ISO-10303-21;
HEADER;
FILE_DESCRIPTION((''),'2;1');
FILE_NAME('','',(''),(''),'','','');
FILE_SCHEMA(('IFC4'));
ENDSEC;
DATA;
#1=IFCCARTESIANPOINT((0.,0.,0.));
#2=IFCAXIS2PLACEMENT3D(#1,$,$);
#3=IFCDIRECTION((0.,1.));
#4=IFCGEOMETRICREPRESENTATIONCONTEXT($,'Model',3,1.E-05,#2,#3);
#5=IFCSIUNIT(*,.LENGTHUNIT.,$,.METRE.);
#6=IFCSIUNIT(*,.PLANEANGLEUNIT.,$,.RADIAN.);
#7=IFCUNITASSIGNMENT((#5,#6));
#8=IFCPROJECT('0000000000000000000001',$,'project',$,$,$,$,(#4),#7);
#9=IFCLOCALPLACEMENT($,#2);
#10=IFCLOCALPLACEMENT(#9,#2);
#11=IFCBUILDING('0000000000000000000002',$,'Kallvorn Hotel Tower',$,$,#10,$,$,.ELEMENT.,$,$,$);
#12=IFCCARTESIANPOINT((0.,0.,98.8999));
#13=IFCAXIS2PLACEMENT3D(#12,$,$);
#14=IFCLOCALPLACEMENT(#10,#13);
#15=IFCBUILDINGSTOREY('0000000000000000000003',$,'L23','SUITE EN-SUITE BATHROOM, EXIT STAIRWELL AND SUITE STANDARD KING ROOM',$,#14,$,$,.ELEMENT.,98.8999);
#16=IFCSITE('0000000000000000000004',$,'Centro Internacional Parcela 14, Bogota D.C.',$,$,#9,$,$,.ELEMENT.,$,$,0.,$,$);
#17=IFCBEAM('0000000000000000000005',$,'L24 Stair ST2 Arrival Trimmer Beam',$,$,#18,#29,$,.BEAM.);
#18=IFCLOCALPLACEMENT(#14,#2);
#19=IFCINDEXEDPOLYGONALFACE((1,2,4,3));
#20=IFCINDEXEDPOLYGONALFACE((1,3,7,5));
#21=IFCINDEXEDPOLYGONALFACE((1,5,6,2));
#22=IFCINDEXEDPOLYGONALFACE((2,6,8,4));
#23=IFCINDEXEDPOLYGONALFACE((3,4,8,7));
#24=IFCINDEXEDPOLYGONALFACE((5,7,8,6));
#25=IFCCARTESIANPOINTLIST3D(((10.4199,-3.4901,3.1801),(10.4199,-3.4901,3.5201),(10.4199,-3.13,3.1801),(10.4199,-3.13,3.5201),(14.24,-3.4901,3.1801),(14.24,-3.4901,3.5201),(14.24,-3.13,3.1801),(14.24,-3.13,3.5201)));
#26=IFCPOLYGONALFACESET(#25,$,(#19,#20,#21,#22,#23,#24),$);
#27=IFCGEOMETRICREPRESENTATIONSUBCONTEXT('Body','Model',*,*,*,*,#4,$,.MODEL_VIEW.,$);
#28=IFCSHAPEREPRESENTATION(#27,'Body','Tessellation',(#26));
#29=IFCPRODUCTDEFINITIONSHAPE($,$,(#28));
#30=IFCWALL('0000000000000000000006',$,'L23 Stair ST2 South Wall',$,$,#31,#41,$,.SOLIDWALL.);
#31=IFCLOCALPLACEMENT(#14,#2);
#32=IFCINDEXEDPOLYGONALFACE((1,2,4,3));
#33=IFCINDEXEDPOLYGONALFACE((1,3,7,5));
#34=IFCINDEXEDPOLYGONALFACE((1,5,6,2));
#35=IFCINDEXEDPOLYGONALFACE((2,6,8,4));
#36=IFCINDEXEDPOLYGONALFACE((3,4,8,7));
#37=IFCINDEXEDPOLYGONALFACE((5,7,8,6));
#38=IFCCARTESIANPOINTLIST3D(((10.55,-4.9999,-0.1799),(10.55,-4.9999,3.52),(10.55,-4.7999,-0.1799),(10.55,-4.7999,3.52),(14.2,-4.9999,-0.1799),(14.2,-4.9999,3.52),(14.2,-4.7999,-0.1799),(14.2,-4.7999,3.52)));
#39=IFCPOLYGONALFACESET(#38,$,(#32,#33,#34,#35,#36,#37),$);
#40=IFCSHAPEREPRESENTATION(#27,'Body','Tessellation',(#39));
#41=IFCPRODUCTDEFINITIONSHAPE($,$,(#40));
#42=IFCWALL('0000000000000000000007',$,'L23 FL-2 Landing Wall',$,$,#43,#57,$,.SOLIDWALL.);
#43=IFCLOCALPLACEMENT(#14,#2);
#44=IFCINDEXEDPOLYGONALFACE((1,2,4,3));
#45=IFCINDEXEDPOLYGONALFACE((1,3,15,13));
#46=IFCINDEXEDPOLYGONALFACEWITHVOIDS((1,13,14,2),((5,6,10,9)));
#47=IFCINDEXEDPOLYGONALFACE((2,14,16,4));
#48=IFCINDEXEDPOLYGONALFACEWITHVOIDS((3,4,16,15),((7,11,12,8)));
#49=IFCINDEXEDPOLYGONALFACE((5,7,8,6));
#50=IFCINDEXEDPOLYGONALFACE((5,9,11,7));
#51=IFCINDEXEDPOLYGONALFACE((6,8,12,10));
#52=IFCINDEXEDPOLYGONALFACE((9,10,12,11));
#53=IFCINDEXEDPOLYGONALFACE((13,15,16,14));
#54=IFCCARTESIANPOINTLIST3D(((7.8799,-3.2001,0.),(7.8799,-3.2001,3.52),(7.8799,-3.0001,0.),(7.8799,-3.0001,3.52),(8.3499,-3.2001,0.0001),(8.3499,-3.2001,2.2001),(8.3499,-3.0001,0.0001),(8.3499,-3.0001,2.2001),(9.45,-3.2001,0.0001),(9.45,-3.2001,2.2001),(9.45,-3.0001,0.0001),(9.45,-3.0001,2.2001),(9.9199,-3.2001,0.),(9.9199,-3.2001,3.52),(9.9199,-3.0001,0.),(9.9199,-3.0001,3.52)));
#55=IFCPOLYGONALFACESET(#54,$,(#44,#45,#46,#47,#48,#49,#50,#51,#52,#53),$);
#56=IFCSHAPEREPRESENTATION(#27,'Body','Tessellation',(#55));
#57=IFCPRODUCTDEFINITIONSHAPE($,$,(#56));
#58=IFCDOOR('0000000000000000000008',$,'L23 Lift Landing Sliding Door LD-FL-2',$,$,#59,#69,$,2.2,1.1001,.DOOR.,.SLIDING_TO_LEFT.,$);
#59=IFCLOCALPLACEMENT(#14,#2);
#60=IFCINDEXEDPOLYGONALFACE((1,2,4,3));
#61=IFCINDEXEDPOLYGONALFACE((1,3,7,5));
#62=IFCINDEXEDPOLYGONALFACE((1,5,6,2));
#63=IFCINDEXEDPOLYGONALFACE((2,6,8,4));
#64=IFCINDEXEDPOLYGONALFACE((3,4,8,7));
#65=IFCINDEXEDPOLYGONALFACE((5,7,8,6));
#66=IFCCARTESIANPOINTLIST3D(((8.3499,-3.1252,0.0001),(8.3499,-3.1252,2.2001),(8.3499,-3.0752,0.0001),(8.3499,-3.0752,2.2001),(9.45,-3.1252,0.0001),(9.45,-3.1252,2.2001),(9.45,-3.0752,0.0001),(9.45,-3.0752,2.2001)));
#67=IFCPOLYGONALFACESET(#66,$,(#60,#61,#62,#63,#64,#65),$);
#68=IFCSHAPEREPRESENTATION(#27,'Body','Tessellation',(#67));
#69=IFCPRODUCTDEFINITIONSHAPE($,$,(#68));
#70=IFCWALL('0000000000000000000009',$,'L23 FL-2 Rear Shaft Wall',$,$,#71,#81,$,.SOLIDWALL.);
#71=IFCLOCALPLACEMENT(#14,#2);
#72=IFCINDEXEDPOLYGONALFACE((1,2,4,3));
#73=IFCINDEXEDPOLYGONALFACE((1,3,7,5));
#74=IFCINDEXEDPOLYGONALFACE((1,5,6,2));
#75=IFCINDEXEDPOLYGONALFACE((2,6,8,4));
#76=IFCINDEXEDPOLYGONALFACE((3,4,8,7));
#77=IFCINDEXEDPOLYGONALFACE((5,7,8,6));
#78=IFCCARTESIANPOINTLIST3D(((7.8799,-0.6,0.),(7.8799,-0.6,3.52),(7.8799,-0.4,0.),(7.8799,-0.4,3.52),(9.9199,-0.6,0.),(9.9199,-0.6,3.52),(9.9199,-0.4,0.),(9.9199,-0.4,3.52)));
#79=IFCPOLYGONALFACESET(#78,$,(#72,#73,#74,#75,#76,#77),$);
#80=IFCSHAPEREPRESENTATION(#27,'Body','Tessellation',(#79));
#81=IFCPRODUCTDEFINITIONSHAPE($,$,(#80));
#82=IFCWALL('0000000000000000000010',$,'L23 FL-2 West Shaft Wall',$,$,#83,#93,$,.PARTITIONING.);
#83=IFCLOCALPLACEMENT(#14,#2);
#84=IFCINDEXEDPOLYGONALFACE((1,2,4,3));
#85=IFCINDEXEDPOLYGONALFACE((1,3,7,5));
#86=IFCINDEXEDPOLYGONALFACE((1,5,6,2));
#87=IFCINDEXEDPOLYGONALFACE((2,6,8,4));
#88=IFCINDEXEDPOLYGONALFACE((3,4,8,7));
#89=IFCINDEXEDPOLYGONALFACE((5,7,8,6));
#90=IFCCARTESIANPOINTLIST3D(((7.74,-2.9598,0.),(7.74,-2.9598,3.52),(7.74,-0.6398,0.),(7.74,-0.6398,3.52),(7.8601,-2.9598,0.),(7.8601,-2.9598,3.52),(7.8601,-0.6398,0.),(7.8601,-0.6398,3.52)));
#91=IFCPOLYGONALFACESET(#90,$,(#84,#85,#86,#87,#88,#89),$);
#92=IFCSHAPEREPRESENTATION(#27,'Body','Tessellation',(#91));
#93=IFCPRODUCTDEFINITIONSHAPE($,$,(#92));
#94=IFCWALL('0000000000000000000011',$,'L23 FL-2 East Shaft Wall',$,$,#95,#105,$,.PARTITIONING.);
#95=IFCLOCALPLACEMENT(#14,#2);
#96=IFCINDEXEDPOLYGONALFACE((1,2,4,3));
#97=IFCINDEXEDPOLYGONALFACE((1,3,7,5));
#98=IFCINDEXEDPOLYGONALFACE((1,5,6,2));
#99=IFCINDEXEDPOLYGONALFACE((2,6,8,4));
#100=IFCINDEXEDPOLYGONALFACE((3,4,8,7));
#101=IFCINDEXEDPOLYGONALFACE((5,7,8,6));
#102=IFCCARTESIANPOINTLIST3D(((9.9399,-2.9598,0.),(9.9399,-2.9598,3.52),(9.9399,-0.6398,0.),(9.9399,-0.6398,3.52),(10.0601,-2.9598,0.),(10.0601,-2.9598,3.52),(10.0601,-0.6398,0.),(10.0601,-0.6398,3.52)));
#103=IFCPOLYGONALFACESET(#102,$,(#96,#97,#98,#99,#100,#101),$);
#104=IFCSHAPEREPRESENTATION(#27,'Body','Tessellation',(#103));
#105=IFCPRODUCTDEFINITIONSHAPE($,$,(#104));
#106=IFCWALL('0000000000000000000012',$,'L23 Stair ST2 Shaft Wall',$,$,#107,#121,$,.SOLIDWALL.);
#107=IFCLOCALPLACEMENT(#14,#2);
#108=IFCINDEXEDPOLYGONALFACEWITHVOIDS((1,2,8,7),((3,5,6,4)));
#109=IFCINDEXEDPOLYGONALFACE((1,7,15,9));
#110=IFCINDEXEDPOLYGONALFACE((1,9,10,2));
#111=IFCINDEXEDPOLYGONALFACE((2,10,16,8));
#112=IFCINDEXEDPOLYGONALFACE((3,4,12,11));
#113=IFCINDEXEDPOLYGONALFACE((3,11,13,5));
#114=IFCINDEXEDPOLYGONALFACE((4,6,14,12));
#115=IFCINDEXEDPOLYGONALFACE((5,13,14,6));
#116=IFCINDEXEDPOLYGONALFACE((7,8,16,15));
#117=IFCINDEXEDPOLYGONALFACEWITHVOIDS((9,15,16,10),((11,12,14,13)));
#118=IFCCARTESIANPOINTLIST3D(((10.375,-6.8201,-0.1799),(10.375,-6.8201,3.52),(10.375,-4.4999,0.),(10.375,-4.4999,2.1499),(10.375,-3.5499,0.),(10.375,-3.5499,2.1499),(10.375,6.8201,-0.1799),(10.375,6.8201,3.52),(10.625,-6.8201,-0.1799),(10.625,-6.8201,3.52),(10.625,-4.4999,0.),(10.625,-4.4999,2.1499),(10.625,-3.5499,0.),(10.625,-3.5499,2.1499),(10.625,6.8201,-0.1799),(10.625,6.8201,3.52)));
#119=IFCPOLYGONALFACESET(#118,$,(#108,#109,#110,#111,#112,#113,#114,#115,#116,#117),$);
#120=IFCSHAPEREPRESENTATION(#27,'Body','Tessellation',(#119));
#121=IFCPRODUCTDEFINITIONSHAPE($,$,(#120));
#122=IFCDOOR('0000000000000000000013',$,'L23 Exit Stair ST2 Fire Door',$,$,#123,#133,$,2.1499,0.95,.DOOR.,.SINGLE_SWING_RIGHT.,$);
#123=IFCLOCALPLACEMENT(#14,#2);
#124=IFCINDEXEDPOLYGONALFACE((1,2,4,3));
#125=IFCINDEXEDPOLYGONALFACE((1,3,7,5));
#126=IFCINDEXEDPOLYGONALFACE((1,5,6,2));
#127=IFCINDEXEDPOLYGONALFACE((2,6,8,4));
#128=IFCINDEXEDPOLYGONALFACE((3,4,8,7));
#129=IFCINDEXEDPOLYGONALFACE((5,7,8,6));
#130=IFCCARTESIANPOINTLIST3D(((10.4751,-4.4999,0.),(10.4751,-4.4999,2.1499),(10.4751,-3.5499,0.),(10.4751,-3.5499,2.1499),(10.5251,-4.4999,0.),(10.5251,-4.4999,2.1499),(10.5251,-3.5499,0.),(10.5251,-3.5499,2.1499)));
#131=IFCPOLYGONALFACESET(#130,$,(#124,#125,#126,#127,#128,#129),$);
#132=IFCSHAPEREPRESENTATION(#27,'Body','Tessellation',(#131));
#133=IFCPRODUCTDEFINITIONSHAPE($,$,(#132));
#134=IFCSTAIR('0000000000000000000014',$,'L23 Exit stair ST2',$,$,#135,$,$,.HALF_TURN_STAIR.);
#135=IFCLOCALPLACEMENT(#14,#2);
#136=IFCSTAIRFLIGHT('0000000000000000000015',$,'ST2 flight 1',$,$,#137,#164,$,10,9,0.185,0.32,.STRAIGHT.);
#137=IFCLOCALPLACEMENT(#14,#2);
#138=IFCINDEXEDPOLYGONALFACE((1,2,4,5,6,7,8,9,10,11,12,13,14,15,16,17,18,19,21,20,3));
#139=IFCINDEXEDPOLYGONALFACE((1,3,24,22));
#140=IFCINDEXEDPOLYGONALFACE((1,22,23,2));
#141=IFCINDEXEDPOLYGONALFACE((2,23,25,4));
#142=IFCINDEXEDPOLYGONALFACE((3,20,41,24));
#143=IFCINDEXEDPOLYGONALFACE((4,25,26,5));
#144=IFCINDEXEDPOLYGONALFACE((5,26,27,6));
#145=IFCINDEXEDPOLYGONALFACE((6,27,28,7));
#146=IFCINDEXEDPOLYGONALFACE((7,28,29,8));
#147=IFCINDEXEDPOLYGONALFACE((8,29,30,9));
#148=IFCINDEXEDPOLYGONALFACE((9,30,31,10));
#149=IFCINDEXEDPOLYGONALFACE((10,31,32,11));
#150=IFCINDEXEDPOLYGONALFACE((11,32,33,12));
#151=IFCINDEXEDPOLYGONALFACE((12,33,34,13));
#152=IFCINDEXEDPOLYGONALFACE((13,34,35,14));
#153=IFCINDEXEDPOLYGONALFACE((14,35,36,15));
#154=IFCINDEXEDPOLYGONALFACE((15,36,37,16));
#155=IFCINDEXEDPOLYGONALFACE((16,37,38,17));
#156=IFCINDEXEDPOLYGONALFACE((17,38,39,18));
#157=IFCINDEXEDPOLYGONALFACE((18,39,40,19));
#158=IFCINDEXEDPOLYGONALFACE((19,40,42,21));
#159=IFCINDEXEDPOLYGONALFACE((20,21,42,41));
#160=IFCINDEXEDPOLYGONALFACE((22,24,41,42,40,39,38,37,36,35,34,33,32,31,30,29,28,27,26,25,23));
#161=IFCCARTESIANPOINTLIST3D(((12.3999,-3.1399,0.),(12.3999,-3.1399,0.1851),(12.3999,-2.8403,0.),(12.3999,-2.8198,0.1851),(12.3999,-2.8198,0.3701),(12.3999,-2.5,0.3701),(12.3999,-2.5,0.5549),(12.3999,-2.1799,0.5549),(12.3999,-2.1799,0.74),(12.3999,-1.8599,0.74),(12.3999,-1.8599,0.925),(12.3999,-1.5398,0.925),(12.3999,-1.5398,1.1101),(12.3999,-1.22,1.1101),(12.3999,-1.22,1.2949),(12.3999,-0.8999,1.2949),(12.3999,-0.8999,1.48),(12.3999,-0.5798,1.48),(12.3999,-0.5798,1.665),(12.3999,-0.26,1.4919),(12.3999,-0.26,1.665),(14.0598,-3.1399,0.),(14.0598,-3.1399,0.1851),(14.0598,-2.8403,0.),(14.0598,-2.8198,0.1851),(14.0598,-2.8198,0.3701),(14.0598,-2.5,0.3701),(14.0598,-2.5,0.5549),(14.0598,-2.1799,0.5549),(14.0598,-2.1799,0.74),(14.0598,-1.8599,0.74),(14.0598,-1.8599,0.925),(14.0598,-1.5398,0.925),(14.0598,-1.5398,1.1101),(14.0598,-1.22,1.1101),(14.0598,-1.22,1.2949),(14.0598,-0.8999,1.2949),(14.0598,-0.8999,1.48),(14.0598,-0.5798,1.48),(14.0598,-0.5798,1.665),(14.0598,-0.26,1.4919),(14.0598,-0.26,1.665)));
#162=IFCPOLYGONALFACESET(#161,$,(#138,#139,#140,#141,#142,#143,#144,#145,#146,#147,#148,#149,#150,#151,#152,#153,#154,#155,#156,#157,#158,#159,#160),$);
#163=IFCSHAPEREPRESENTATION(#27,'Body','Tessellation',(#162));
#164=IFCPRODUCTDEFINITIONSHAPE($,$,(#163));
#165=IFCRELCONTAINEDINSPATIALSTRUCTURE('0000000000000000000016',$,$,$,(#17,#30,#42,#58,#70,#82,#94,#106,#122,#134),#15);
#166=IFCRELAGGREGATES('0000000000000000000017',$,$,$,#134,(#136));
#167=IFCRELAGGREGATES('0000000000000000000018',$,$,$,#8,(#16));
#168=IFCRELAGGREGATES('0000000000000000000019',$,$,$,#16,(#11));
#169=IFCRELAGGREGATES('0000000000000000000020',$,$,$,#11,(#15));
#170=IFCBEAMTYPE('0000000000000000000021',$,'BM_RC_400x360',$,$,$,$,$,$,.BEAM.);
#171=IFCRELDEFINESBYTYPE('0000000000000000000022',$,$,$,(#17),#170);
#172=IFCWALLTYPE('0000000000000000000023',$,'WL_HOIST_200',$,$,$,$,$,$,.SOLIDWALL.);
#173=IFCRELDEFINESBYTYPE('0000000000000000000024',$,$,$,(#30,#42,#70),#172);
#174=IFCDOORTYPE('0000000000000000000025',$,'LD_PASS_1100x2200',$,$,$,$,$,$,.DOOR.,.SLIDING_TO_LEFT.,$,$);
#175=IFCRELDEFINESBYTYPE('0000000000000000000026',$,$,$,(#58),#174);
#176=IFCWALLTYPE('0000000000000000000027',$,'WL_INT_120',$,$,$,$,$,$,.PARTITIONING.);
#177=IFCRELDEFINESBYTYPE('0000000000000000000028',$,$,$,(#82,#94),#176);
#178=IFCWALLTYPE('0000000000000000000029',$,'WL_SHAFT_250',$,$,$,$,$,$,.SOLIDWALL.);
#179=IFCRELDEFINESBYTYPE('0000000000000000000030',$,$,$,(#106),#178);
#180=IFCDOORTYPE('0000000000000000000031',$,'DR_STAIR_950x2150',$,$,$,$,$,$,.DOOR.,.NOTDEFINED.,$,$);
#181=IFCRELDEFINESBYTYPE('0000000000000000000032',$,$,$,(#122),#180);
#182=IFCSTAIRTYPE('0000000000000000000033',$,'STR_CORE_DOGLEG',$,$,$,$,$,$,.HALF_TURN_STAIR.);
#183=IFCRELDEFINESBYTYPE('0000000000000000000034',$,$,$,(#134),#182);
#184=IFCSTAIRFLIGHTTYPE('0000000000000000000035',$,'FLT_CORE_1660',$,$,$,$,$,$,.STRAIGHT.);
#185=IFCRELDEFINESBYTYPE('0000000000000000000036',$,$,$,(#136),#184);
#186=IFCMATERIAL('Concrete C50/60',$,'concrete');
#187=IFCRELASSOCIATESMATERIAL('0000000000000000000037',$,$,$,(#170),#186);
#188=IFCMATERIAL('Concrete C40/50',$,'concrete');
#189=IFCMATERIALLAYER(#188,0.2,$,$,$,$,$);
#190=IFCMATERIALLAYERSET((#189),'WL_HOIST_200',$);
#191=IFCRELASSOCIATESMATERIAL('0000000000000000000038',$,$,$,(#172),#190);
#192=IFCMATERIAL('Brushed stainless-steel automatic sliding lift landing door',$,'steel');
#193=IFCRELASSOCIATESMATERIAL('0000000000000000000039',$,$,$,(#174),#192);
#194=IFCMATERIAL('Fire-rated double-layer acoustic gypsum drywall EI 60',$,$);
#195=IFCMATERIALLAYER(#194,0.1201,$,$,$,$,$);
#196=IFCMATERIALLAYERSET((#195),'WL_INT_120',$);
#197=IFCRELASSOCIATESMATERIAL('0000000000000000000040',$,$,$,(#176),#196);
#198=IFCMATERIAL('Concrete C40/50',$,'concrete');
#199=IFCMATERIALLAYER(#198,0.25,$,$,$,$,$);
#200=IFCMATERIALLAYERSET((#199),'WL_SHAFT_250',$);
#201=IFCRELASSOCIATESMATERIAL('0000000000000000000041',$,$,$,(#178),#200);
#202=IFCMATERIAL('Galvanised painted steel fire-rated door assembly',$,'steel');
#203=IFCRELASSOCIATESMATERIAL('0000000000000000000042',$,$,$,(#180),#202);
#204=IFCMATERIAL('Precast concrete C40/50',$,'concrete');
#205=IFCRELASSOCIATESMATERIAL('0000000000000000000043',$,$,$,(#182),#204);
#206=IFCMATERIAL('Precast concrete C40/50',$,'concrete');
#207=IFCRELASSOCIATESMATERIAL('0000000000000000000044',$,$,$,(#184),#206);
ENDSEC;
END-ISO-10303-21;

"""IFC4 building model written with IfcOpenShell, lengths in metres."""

from ifc_helpers import new_model, si_unit, direction, frame, frame_2d, origin, origin_2d, place, context, subcontext, project, spatial, polyline, rectangle, outline, extrude, material, layer, layer_set, material_profile, profile_set, type_object, element, fill, aggregate, save


model = new_model("IFC4")

# Units and contexts
model_context = context("Model", 3, precision=1e-05, world=origin(), true_north=direction((0.0, 1.0)))
body_context = subcontext(model_context, "Body", "Model", "MODEL_VIEW")
ifc_project = project(units=[si_unit("LENGTHUNIT", "METRE"), si_unit("PLANEANGLEUNIT", "RADIAN")], contexts=[model_context])

# Site, building, storey
site_placement = place(None, origin())
site = spatial("IfcSite", under=ifc_project, at=site_placement, Name="Centro Internacional Parcela 14, Bogota D.C.", CompositionType="ELEMENT", RefElevation=0.0)
building_placement = place(site_placement, origin())
building = spatial("IfcBuilding", under=site, at=building_placement, Name="Kallvorn Hotel Tower", CompositionType="ELEMENT")
storey_placement = place(building_placement, frame((0.0, 0.0, 98.8999)))
storey = spatial("IfcBuildingStorey", under=building, at=storey_placement, Name="L23", Description="SUITE EN-SUITE BATHROOM, EXIT STAIRWELL AND SUITE STANDARD KING ROOM", CompositionType="ELEMENT", Elevation=98.8999)

# Beam
ifc_material_1 = material(Name="Concrete C50/60", Category="concrete")
ifc_material_profile = material_profile(ifc_material_1, rectangle(XDim=0.3601, YDim=0.3401, at=origin_2d()), Name="RC 360x340")
ifc_profile_set = profile_set([ifc_material_profile], Name="Concrete C50/60")
beam_type = type_object("IfcBeamType", Name="BM_RC_400x360", PredefinedType="BEAM", material=ifc_profile_set)
beam_placement = place(storey_placement, frame((14.24, -3.3101, 3.3501), z_axis=(-1.0, 0.0, 0.0), x_axis=(0.0, -1.0, 0.0)))
element("IfcBeam", 1, at=beam_placement, inside=storey, type_object=beam_type, Name="L24 Stair ST2 Arrival Trimmer Beam", PredefinedType="BEAM", context=body_context, shape_type="SweptSolid", body=[
    extrude(rectangle(XDim=0.3601, YDim=0.3401, at=origin_2d()), origin(), (0.0, 0.0, 1.0), 3.8201),
])

# Wall
ifc_material_2 = material(Name="Concrete C40/50", Category="concrete")
ifc_layer_1 = layer(ifc_material_2, 0.2)
ifc_layer_set_1 = layer_set([ifc_layer_1], Name="WL_HOIST_200")
wall_type_1 = type_object("IfcWallType", Name="WL_HOIST_200", PredefinedType="SOLIDWALL", material=ifc_layer_set_1)
wall_1_placement = place(storey_placement, frame((10.55, -4.8999, -0.1799), z_axis=(0.0, 0.0, 1.0), x_axis=(1.0, 0.0, 0.0)))
element("IfcWall", 2, at=wall_1_placement, inside=storey, type_object=wall_type_1, Name="L23 Stair ST2 South Wall", PredefinedType="SOLIDWALL", context=body_context, shape_type="SweptSolid", body=[
    extrude(rectangle(XDim=3.6499, YDim=0.2, at=frame_2d((1.825, 0.0))), origin(), (0.0, 0.0, 1.0), 3.7),
])

# Wall, opening, door
wall_2_placement = place(storey_placement, frame((7.8799, -3.1001, 0.0), z_axis=(0.0, 0.0, 1.0), x_axis=(1.0, 0.0, 0.0)))
wall_2 = element("IfcWall", 3, at=wall_2_placement, inside=storey, type_object=wall_type_1, Name="L23 FL-2 Landing Wall", PredefinedType="SOLIDWALL", context=body_context, shape_type="SweptSolid", body=[
    extrude(rectangle(XDim=2.04, YDim=0.2, at=frame_2d((1.02, 0.0))), origin(), (0.0, 0.0, 1.0), 3.52),
])
opening_1_placement = place(wall_2_placement, frame((0.47, 0.0, 0.0)))
opening_1 = element("IfcOpeningElement", 4, at=opening_1_placement, cuts=wall_2, PredefinedType="OPENING", context=body_context, shape_type="SweptSolid", body=[
    extrude(rectangle(XDim=1.1001, YDim=2.2, at=frame_2d((0.55, 1.1001))), frame((0.0, 0.115, 0.0), z_axis=(0.0, -1.0, 0.0), x_axis=(1.0, 0.0, 0.0)), (0.0, 0.0, 1.0), 0.23),
])
ifc_material_3 = material(Name="Brushed stainless-steel automatic sliding lift landing door", Category="steel")
door_type_1 = type_object("IfcDoorType", Name="LD_PASS_1100x2200", OperationType="SLIDING_TO_LEFT", PredefinedType="DOOR", material=ifc_material_3)
door_1_placement = place(opening_1_placement, origin())
door_1 = element("IfcDoor", 5, at=door_1_placement, inside=storey, type_object=door_type_1, Name="L23 Lift Landing Sliding Door LD-FL-2", OperationType="SLIDING_TO_LEFT", OverallHeight=2.2, OverallWidth=1.1001, PredefinedType="DOOR", context=body_context, shape_type="SweptSolid", body=[
    extrude(rectangle(XDim=1.1001, YDim=2.2, at=frame_2d((0.55, 1.1001))), frame((0.0, 0.0249, 0.0), z_axis=(0.0, -1.0, 0.0), x_axis=(1.0, 0.0, 0.0)), (0.0, 0.0, 1.0), 0.05),
])
fill(opening_1, door_1)

# Walls
wall_3_placement = place(storey_placement, frame((7.8799, -0.5, 0.0), z_axis=(0.0, 0.0, 1.0), x_axis=(1.0, 0.0, 0.0)))
element("IfcWall", 6, at=wall_3_placement, inside=storey, type_object=wall_type_1, Name="L23 FL-2 Rear Shaft Wall", PredefinedType="SOLIDWALL", context=body_context, shape_type="SweptSolid", body=[
    extrude(rectangle(XDim=2.04, YDim=0.2, at=frame_2d((1.02, 0.0))), origin(), (0.0, 0.0, 1.0), 3.52),
])
ifc_material_4 = material(Name="Fire-rated double-layer acoustic gypsum drywall EI 60")
ifc_layer_2 = layer(ifc_material_4, 0.1201)
ifc_layer_set_2 = layer_set([ifc_layer_2], Name="WL_INT_120")
wall_type_2 = type_object("IfcWallType", Name="WL_INT_120", PredefinedType="PARTITIONING", material=ifc_layer_set_2)
for number, where, z_axis, x_axis, name in (
    (7, (7.8, -2.96, 0.0), (0.0, 0.0, 1.0), (0.0, 1.0, 0.0), "L23 FL-2 West Shaft Wall"),
    (8, (10.0, -2.96, 0.0), (0.0, 0.0, 1.0), (0.0, 1.0, 0.0), "L23 FL-2 East Shaft Wall"),
):
    element("IfcWall", number, at=place(storey_placement, frame(where, z_axis=z_axis, x_axis=x_axis)), inside=storey, type_object=wall_type_2, Name=name, PredefinedType="PARTITIONING", context=body_context, shape_type="SweptSolid", body=[
        extrude(rectangle(XDim=2.3201, YDim=0.1201, at=frame_2d((1.1602, 0.0))), origin(), (0.0, 0.0, 1.0), 3.52),
    ])

# Wall, opening, door
ifc_material_5 = material(Name="Concrete C40/50", Category="concrete")
ifc_layer_3 = layer(ifc_material_5, 0.25)
ifc_layer_set_3 = layer_set([ifc_layer_3], Name="WL_SHAFT_250")
wall_type_3 = type_object("IfcWallType", Name="WL_SHAFT_250", PredefinedType="SOLIDWALL", material=ifc_layer_set_3)
wall_4_placement = place(storey_placement, frame((10.5, -6.8201, -0.1799), z_axis=(0.0, 0.0, 1.0), x_axis=(0.0, 1.0, 0.0)))
wall_4 = element("IfcWall", 9, at=wall_4_placement, inside=storey, type_object=wall_type_3, Name="L23 Stair ST2 Shaft Wall", PredefinedType="SOLIDWALL", context=body_context, shape_type="SweptSolid", body=[
    extrude(rectangle(XDim=13.6401, YDim=0.25, at=frame_2d((6.8201, 0.0))), origin(), (0.0, 0.0, 1.0), 3.7),
])
opening_2_placement = place(wall_4_placement, frame((2.3201, 0.0, 0.1799)))
opening_2 = element("IfcOpeningElement", 10, at=opening_2_placement, cuts=wall_4, PredefinedType="OPENING", context=body_context, shape_type="SweptSolid", body=[
    extrude(rectangle(XDim=0.95, YDim=2.1499, at=frame_2d((0.4751, 1.075))), frame((0.0, 0.1399, 0.0), z_axis=(0.0, -1.0, 0.0), x_axis=(1.0, 0.0, 0.0)), (0.0, 0.0, 1.0), 0.28),
])
ifc_material_6 = material(Name="Galvanised painted steel fire-rated door assembly", Category="steel")
door_type_2 = type_object("IfcDoorType", Name="DR_STAIR_950x2150", OperationType="NOTDEFINED", PredefinedType="DOOR", material=ifc_material_6)
door_2_placement = place(opening_2_placement, origin())
door_2 = element("IfcDoor", 11, at=door_2_placement, inside=storey, type_object=door_type_2, Name="L23 Exit Stair ST2 Fire Door", OperationType="SINGLE_SWING_RIGHT", OverallHeight=2.1499, OverallWidth=0.95, PredefinedType="DOOR", context=body_context, shape_type="SweptSolid", body=[
    extrude(rectangle(XDim=0.95, YDim=2.1499, at=frame_2d((0.4751, 1.075))), frame((0.0, 0.0249, 0.0), z_axis=(0.0, -1.0, 0.0), x_axis=(1.0, 0.0, 0.0)), (0.0, 0.0, 1.0), 0.05),
])
fill(opening_2, door_2)

# Stair, stair flight
ifc_material_7 = material(Name="Precast concrete C40/50", Category="concrete")
stair_type = type_object("IfcStairType", Name="STR_CORE_DOGLEG", PredefinedType="HALF_TURN_STAIR", material=ifc_material_7)
stair_placement = place(storey_placement, origin())
stair = element("IfcStair", 12, at=stair_placement, inside=storey, type_object=stair_type, Name="L23 Exit stair ST2", PredefinedType="HALF_TURN_STAIR")
ifc_material_8 = material(Name="Precast concrete C40/50", Category="concrete")
stair_flight_type = type_object("IfcStairFlightType", Name="FLT_CORE_1660", PredefinedType="STRAIGHT", material=ifc_material_8)
stair_flight_1_placement = place(storey_placement, frame((13.23, -3.1399, 0.0), z_axis=(0.0, 0.0, 1.0), x_axis=(0.0, 1.0, 0.0)))
stair_flight_1 = element("IfcStairFlight", 13, at=stair_flight_1_placement, type_object=stair_flight_type, Name="ST2 flight 1", NumberOfRisers=10, NumberOfTreads=9, PredefinedType="STRAIGHT", RiserHeight=0.185, TreadLength=0.32, context=body_context, shape_type="SweptSolid", body=[
    extrude(outline(polyline([(0.0, 0.0), (0.0, 0.1851), (0.3201, 0.1851), (0.3201, 0.3701), (0.6399, 0.3701), (0.6399, 0.5549), (0.96, 0.5549), (0.96, 0.74), (1.28, 0.74), (1.28, 0.925), (1.6001, 0.925), (1.6001, 1.1101), (1.9199, 1.1101), (1.9199, 1.2949), (2.24, 1.2949), (2.24, 1.48), (2.5601, 1.48), (2.5601, 1.665), (2.8799, 1.665), (2.8799, 1.8501), (2.8799, 1.4919), (0.2996, 0.0), (0.0, 0.0)])), frame((0.0, 0.8301, 0.0), z_axis=(0.0, -1.0, 0.0), x_axis=(1.0, 0.0, 0.0)), (0.0, 0.0, 1.0), 1.6599),
])
aggregate(stair, [stair_flight_1])

save(model, "model.ifc")
